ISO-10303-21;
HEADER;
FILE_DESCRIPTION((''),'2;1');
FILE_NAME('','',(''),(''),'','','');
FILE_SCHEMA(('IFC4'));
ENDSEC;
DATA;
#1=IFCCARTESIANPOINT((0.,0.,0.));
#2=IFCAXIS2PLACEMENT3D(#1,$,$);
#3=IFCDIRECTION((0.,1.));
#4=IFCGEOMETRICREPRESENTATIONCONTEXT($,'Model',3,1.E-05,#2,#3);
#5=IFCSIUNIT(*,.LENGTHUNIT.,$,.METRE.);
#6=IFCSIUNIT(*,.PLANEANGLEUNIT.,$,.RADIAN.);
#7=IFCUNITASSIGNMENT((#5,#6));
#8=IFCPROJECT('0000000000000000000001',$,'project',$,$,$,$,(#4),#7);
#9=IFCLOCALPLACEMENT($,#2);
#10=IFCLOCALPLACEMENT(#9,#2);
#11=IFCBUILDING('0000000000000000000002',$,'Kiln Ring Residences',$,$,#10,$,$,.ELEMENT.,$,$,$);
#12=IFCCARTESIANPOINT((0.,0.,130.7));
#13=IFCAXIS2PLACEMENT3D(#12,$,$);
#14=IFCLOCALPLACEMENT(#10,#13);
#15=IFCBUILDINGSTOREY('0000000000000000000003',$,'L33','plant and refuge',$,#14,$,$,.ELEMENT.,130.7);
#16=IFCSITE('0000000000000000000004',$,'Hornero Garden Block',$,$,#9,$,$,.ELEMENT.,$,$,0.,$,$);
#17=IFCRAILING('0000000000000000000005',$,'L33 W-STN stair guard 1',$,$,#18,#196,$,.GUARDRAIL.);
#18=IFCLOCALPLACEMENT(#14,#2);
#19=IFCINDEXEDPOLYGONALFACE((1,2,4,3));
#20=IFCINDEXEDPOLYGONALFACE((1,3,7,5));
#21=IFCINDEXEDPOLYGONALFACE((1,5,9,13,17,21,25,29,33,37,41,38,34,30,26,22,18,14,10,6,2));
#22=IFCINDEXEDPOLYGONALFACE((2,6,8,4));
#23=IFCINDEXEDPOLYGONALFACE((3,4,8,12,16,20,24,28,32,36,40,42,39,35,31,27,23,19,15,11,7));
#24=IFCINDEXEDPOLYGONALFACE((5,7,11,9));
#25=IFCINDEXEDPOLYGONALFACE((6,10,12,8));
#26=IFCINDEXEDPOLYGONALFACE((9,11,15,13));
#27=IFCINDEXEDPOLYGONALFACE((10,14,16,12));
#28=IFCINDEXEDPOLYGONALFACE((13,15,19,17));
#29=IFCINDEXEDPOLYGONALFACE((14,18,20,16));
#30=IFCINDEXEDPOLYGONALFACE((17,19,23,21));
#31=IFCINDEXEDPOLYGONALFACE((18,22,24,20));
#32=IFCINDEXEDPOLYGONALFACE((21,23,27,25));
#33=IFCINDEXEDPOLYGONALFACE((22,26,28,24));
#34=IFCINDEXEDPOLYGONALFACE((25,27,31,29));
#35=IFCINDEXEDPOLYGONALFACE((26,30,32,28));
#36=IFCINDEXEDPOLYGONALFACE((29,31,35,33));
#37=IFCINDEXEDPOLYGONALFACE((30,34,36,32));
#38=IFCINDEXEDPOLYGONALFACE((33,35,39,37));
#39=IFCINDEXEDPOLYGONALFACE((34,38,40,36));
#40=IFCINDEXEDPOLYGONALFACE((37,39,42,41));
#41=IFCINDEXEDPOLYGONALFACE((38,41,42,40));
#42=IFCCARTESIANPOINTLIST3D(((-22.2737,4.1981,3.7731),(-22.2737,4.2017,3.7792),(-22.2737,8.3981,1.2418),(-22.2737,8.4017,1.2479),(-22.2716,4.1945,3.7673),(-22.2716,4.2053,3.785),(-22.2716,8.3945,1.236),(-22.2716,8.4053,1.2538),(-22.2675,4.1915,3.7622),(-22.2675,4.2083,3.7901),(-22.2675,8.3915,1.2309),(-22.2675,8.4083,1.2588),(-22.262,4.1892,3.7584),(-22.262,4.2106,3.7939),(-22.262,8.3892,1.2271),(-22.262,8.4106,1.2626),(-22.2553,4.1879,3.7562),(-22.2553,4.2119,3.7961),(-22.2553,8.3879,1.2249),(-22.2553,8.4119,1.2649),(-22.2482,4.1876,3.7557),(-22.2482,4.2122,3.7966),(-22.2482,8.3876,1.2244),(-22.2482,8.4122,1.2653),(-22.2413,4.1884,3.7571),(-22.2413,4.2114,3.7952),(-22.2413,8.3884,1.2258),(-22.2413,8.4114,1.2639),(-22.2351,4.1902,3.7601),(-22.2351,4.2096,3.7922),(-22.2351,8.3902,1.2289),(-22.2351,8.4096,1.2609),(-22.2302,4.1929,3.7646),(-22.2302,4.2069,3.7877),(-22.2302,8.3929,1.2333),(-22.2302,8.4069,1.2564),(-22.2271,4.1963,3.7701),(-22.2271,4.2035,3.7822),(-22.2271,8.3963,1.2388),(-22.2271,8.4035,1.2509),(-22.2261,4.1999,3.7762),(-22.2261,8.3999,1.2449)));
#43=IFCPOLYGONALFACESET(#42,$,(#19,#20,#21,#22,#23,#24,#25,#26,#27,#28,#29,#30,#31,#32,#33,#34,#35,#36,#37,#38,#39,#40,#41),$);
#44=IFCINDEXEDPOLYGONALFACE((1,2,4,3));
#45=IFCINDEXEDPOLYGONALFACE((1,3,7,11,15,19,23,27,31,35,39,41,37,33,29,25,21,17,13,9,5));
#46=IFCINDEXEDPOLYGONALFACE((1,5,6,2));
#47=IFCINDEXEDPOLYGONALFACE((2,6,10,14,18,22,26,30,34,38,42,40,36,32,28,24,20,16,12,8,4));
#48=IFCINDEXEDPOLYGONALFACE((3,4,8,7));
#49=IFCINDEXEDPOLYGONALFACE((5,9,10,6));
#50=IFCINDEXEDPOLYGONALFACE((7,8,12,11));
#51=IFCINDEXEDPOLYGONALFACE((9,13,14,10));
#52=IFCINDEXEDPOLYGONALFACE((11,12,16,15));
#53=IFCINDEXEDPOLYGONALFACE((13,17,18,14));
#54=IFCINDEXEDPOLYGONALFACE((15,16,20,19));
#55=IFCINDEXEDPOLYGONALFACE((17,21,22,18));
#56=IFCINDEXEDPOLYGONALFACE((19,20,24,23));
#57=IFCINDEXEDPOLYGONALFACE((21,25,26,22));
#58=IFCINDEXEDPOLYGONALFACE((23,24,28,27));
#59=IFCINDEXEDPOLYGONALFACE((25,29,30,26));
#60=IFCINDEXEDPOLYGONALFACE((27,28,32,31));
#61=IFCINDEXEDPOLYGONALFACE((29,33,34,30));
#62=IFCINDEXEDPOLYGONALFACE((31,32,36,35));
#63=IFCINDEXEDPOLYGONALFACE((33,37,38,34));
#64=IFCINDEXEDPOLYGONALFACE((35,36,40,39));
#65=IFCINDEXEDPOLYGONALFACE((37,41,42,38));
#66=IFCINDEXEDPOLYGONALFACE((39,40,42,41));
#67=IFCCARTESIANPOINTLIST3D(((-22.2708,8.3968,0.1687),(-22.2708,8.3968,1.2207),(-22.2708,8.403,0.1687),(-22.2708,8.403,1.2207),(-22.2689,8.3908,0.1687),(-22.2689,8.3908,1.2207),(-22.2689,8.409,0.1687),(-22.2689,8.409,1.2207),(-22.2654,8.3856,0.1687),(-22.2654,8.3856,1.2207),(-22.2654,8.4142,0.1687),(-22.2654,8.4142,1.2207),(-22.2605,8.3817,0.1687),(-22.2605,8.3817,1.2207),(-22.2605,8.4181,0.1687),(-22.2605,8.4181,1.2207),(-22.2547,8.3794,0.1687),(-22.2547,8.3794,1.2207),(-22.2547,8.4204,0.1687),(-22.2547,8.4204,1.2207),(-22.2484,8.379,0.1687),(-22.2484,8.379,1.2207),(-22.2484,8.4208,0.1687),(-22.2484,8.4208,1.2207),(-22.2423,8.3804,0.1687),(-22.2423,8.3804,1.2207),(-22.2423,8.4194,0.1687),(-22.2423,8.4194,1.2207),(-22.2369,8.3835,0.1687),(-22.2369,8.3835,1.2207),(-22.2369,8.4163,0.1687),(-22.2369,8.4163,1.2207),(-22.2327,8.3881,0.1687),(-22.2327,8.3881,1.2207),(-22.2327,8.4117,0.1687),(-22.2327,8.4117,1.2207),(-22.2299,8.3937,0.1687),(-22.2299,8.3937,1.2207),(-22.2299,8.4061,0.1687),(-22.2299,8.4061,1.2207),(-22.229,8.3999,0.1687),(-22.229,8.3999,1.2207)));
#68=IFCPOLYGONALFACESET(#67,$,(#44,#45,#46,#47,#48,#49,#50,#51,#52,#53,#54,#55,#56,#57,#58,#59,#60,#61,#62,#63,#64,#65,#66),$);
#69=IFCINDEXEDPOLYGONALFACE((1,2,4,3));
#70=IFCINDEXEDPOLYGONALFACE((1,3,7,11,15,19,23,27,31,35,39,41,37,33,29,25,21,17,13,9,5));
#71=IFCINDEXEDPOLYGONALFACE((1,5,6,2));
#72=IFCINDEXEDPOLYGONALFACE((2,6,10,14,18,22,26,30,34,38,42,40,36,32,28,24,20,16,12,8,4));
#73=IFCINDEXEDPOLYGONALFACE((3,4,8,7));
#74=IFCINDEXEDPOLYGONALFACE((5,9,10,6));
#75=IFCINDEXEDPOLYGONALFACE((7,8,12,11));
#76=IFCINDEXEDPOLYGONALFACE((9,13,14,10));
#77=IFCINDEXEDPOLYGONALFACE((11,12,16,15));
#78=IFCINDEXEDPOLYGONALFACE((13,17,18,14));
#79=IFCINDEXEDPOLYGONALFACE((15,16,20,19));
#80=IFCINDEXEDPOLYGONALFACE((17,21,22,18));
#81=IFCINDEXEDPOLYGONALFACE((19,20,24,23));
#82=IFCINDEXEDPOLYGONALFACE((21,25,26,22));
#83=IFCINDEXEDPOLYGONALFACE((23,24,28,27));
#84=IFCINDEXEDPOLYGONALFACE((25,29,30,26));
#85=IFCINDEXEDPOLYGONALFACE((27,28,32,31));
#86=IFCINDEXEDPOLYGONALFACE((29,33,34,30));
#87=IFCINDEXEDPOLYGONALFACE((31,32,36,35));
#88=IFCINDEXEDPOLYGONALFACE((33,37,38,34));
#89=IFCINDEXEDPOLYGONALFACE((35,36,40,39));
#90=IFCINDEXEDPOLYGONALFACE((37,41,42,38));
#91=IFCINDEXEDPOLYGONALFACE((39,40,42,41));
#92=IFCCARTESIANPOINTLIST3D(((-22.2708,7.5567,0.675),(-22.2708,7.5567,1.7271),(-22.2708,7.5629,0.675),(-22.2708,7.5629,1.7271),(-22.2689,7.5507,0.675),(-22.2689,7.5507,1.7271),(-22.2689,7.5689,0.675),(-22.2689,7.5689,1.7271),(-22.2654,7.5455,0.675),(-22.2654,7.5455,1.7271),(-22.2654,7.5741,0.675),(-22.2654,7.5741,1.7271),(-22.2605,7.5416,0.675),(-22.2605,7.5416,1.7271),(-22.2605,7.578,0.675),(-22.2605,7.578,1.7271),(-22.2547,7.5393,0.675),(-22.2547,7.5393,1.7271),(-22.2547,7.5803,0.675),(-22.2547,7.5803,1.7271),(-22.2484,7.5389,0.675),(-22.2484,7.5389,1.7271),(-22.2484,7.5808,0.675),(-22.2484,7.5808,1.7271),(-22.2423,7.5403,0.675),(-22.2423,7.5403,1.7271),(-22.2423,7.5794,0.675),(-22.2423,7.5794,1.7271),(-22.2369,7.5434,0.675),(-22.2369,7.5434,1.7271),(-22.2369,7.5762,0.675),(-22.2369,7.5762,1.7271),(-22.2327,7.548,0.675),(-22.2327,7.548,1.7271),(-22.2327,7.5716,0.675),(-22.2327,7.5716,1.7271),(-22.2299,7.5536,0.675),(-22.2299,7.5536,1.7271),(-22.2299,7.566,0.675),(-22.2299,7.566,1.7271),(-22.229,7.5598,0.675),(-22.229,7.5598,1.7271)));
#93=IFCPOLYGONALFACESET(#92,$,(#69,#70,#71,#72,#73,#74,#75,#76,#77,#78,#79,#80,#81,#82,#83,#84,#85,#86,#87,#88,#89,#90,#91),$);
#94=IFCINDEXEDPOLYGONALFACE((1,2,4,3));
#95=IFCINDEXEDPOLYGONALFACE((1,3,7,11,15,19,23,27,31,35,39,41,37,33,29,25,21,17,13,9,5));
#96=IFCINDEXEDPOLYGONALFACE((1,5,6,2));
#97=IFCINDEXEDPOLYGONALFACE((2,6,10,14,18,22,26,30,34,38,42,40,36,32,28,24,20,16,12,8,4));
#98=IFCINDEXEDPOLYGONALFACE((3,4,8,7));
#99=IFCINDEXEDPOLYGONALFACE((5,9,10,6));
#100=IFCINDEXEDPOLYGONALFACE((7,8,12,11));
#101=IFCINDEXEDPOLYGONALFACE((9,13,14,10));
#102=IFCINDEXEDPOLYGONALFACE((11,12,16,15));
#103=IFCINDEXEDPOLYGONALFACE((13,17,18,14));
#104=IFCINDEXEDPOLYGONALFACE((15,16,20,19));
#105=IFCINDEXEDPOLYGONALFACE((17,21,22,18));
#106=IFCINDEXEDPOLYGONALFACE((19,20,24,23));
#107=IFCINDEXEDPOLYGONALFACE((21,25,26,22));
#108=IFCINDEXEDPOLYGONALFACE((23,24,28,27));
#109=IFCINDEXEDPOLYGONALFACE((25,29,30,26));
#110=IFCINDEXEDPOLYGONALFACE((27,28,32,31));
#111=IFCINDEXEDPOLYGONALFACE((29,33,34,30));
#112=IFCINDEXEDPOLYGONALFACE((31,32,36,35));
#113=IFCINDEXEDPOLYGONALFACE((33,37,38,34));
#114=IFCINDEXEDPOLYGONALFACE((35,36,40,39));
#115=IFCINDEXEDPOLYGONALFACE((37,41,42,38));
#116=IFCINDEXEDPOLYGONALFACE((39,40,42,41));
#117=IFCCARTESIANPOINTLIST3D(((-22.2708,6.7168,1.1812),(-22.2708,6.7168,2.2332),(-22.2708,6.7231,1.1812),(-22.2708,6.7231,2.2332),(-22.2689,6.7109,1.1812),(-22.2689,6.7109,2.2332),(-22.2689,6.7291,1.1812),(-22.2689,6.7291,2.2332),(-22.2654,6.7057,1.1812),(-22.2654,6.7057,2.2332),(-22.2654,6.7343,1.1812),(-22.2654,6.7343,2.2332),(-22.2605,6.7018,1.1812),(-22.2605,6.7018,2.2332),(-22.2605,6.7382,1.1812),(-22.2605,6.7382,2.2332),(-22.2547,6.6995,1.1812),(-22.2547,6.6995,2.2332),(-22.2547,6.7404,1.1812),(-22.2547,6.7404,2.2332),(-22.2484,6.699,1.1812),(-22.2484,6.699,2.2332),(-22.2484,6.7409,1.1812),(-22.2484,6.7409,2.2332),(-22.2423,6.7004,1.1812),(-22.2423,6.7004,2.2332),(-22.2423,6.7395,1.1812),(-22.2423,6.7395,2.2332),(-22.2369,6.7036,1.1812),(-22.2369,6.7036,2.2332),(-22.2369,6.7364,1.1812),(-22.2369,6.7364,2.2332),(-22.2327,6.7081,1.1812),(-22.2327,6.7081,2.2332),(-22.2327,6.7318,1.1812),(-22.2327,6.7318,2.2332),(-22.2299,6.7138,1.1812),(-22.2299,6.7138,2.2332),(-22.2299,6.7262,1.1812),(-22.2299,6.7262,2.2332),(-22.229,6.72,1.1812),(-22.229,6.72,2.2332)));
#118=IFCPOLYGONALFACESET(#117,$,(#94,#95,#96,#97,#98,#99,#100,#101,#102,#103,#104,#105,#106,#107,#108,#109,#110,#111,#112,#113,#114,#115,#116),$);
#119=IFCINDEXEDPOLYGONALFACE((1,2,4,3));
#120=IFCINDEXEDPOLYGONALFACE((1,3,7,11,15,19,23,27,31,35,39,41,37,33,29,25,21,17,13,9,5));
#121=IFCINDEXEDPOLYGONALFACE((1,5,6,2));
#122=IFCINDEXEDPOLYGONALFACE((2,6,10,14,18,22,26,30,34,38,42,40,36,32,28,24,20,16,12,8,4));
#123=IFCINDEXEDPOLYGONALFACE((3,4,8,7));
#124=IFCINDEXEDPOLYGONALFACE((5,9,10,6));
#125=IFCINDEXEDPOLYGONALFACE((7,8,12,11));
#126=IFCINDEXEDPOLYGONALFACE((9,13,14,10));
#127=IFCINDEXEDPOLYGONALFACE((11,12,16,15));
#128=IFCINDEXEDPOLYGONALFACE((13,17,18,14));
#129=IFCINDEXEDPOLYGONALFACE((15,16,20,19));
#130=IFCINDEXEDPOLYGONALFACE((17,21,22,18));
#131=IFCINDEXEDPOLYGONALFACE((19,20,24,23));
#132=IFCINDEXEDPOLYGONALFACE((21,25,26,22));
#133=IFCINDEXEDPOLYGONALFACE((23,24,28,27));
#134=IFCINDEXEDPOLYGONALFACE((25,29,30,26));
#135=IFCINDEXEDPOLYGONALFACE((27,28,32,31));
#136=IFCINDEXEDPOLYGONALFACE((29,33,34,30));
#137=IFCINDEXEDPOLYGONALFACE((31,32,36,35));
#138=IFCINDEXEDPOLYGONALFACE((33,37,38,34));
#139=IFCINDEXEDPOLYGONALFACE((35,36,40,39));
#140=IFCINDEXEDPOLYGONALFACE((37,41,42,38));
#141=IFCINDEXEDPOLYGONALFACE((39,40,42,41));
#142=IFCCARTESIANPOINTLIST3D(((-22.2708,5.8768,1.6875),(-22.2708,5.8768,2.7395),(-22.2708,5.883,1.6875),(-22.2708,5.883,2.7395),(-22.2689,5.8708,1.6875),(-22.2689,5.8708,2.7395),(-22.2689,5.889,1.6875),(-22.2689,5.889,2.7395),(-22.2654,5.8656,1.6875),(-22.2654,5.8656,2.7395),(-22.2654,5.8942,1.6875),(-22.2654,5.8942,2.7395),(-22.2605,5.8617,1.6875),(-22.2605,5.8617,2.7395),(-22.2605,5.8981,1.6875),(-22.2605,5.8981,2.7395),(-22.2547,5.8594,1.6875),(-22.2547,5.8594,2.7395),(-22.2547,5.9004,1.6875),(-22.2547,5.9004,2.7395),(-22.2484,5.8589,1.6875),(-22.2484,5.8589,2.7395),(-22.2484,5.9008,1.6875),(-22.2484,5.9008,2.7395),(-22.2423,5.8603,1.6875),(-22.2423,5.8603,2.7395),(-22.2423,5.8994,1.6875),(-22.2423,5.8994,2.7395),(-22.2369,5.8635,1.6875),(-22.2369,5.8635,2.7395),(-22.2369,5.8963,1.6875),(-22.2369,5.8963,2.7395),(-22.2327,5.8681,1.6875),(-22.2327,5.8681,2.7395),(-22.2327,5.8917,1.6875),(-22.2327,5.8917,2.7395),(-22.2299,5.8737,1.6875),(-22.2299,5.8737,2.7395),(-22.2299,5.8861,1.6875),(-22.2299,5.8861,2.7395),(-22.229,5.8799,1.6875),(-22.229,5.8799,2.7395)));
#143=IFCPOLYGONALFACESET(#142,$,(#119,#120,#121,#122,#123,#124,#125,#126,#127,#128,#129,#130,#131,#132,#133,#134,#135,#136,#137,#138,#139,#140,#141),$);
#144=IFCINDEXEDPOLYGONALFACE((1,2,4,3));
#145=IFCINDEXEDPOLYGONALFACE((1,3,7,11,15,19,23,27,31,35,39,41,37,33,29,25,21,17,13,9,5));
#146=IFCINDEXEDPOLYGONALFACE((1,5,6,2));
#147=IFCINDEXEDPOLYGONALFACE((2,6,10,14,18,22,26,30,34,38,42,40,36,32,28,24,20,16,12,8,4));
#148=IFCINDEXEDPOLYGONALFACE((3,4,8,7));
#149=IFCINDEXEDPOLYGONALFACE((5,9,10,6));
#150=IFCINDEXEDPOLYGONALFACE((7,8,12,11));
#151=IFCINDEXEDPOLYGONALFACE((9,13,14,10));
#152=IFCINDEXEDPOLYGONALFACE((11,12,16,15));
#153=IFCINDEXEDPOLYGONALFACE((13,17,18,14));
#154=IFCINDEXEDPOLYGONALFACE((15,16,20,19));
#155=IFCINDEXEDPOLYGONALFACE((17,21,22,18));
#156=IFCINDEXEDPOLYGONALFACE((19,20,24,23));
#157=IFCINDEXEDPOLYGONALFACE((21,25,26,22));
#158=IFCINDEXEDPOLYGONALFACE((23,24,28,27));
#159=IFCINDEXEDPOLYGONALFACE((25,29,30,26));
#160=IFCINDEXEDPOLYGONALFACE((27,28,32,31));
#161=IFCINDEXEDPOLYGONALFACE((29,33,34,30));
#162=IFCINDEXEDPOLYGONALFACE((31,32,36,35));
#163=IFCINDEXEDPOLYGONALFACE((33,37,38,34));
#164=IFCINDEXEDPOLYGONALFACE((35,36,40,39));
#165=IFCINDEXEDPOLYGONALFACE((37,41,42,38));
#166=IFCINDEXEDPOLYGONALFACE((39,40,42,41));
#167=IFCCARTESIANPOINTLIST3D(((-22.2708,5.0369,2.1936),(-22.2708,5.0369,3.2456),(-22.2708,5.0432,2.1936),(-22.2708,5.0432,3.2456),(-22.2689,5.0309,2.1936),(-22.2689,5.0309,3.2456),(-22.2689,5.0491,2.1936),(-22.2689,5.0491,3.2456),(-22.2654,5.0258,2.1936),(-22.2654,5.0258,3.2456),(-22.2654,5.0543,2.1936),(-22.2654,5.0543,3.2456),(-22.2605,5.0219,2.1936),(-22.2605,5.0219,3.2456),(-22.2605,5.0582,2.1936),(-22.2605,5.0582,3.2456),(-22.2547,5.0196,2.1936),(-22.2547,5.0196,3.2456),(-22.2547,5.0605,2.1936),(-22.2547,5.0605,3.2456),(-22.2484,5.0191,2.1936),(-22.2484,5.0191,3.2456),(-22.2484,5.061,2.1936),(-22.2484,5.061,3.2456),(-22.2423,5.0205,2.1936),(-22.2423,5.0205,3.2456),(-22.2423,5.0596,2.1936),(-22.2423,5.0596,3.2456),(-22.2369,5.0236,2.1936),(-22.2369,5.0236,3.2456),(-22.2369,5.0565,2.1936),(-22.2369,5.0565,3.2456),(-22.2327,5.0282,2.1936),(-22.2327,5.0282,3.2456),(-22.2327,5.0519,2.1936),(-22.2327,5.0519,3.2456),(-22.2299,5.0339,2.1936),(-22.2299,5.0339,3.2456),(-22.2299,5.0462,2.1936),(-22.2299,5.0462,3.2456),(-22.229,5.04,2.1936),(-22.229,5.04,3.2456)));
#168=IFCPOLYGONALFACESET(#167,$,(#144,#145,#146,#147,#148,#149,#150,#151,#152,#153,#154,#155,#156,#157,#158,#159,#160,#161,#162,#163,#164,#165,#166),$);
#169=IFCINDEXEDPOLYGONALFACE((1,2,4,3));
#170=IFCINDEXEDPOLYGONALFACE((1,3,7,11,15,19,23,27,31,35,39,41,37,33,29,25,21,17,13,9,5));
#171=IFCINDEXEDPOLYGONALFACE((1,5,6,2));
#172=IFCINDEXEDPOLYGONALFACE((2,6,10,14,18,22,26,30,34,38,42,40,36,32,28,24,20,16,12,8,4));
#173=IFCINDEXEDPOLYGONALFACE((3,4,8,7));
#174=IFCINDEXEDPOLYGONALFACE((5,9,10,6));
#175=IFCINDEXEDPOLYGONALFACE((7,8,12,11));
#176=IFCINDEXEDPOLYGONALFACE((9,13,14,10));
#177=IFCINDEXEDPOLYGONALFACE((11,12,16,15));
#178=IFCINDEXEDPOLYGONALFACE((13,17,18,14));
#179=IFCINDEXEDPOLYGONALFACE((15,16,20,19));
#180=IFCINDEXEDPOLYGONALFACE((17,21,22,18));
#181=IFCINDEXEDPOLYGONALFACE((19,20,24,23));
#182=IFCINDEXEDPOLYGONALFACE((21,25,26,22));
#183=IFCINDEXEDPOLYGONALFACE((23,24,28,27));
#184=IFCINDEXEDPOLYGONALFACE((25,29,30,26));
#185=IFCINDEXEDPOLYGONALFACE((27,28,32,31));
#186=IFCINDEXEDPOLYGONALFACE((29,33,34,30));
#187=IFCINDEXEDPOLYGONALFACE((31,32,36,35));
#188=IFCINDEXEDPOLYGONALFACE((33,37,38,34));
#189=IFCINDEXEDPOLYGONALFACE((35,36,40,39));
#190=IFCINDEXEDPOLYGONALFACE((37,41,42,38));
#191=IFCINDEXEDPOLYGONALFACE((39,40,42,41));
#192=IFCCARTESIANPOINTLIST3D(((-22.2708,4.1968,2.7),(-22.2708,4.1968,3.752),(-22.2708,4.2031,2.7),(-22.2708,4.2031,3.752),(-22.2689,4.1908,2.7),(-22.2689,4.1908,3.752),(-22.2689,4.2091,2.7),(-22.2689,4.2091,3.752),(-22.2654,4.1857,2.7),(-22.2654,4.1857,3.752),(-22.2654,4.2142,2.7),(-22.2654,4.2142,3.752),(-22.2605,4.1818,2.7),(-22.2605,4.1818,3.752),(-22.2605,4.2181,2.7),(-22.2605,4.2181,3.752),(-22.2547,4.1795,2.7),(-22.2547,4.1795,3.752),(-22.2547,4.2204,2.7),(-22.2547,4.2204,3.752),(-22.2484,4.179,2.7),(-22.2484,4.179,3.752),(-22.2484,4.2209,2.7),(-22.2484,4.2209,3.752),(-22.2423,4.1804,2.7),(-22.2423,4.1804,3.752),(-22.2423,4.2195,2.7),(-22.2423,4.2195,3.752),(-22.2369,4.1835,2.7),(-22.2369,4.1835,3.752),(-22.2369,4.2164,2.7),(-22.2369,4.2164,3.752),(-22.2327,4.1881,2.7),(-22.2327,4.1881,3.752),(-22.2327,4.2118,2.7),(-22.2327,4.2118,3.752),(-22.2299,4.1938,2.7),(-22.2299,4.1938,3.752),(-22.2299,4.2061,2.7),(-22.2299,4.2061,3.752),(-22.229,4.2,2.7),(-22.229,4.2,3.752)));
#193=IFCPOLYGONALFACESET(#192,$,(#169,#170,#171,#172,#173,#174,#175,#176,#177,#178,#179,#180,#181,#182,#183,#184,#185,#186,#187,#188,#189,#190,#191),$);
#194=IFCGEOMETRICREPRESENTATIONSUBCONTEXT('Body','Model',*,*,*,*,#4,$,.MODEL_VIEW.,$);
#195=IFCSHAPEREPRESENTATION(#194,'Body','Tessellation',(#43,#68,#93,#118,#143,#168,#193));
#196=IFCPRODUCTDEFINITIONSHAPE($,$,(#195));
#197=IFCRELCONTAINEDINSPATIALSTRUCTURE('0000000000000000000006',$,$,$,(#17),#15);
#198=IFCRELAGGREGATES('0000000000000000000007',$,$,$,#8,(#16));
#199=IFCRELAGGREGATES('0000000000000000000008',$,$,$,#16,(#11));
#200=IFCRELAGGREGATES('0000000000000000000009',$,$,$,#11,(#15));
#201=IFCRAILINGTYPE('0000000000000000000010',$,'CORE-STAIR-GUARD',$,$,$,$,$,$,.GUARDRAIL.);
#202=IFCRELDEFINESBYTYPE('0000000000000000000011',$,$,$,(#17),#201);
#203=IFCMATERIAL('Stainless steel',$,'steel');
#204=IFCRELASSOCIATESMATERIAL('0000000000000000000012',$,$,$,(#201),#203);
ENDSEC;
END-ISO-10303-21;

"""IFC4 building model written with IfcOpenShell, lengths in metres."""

from ifc_helpers import new_model, si_unit, direction, frame, origin, origin_2d, place, context, subcontext, project, spatial, circle, extrude, material, type_object, element, save


model = new_model("IFC4")

# Units and contexts
model_context = context("Model", 3, precision=1e-05, world=origin(), true_north=direction((0.0, 1.0)))
body_context = subcontext(model_context, "Body", "Model", "MODEL_VIEW")
ifc_project = project(units=[si_unit("LENGTHUNIT", "METRE"), si_unit("PLANEANGLEUNIT", "RADIAN")], contexts=[model_context])

# Site, building, storey
site_placement = place(None, origin())
site = spatial("IfcSite", under=ifc_project, at=site_placement, Name="Hornero Garden Block", CompositionType="ELEMENT", RefElevation=0.0)
building_placement = place(site_placement, origin())
building = spatial("IfcBuilding", under=site, at=building_placement, Name="Kiln Ring Residences", CompositionType="ELEMENT")
storey_placement = place(building_placement, frame((0.0, 0.0, 130.7)))
storey = spatial("IfcBuildingStorey", under=building, at=storey_placement, Name="L33", Description="plant and refuge", CompositionType="ELEMENT", Elevation=130.7)

# Railing
ifc_material_1 = material(Name="Stainless steel", Category="steel")
railing_type_1 = type_object("IfcRailingType", Name="CORE-STAIR-GUARD", PredefinedType="GUARDRAIL", material=ifc_material_1)
railing_1_placement = place(storey_placement, frame((-22.25, 8.3999, 0.1687)))
element("IfcRailing", 1, at=railing_1_placement, inside=storey, type_object=railing_type_1, Name="L33 W-STN stair guard 1", PredefinedType="GUARDRAIL", context=body_context, shape_type="SweptSolid", body=[
    extrude(circle(Radius=0.0239, at=origin_2d()), frame((0.0, 0.0, 1.0762), z_axis=(0.0, -0.856476, 0.516186), x_axis=(1.0, 0.0, 0.0)), (0.0, 0.0, 1.0), 4.9038),
    extrude(circle(Radius=0.021, at=origin_2d()), origin(), (0.0, 0.0, 1.0), 1.052),
    extrude(circle(Radius=0.021, at=origin_2d()), frame((0.0, -0.8401, 0.5063)), (0.0, 0.0, 1.0), 1.052),
    extrude(circle(Radius=0.021, at=origin_2d()), frame((0.0, -1.6799, 1.0125)), (0.0, 0.0, 1.0), 1.052),
    extrude(circle(Radius=0.021, at=origin_2d()), frame((0.0, -2.52, 1.5188)), (0.0, 0.0, 1.0), 1.052),
    extrude(circle(Radius=0.021, at=origin_2d()), frame((0.0, -3.3599, 2.0249)), (0.0, 0.0, 1.0), 1.052),
    extrude(circle(Radius=0.021, at=origin_2d()), frame((0.0, -4.2, 2.5312)), (0.0, 0.0, 1.0), 1.052),
])

save(model, "model.ifc")
